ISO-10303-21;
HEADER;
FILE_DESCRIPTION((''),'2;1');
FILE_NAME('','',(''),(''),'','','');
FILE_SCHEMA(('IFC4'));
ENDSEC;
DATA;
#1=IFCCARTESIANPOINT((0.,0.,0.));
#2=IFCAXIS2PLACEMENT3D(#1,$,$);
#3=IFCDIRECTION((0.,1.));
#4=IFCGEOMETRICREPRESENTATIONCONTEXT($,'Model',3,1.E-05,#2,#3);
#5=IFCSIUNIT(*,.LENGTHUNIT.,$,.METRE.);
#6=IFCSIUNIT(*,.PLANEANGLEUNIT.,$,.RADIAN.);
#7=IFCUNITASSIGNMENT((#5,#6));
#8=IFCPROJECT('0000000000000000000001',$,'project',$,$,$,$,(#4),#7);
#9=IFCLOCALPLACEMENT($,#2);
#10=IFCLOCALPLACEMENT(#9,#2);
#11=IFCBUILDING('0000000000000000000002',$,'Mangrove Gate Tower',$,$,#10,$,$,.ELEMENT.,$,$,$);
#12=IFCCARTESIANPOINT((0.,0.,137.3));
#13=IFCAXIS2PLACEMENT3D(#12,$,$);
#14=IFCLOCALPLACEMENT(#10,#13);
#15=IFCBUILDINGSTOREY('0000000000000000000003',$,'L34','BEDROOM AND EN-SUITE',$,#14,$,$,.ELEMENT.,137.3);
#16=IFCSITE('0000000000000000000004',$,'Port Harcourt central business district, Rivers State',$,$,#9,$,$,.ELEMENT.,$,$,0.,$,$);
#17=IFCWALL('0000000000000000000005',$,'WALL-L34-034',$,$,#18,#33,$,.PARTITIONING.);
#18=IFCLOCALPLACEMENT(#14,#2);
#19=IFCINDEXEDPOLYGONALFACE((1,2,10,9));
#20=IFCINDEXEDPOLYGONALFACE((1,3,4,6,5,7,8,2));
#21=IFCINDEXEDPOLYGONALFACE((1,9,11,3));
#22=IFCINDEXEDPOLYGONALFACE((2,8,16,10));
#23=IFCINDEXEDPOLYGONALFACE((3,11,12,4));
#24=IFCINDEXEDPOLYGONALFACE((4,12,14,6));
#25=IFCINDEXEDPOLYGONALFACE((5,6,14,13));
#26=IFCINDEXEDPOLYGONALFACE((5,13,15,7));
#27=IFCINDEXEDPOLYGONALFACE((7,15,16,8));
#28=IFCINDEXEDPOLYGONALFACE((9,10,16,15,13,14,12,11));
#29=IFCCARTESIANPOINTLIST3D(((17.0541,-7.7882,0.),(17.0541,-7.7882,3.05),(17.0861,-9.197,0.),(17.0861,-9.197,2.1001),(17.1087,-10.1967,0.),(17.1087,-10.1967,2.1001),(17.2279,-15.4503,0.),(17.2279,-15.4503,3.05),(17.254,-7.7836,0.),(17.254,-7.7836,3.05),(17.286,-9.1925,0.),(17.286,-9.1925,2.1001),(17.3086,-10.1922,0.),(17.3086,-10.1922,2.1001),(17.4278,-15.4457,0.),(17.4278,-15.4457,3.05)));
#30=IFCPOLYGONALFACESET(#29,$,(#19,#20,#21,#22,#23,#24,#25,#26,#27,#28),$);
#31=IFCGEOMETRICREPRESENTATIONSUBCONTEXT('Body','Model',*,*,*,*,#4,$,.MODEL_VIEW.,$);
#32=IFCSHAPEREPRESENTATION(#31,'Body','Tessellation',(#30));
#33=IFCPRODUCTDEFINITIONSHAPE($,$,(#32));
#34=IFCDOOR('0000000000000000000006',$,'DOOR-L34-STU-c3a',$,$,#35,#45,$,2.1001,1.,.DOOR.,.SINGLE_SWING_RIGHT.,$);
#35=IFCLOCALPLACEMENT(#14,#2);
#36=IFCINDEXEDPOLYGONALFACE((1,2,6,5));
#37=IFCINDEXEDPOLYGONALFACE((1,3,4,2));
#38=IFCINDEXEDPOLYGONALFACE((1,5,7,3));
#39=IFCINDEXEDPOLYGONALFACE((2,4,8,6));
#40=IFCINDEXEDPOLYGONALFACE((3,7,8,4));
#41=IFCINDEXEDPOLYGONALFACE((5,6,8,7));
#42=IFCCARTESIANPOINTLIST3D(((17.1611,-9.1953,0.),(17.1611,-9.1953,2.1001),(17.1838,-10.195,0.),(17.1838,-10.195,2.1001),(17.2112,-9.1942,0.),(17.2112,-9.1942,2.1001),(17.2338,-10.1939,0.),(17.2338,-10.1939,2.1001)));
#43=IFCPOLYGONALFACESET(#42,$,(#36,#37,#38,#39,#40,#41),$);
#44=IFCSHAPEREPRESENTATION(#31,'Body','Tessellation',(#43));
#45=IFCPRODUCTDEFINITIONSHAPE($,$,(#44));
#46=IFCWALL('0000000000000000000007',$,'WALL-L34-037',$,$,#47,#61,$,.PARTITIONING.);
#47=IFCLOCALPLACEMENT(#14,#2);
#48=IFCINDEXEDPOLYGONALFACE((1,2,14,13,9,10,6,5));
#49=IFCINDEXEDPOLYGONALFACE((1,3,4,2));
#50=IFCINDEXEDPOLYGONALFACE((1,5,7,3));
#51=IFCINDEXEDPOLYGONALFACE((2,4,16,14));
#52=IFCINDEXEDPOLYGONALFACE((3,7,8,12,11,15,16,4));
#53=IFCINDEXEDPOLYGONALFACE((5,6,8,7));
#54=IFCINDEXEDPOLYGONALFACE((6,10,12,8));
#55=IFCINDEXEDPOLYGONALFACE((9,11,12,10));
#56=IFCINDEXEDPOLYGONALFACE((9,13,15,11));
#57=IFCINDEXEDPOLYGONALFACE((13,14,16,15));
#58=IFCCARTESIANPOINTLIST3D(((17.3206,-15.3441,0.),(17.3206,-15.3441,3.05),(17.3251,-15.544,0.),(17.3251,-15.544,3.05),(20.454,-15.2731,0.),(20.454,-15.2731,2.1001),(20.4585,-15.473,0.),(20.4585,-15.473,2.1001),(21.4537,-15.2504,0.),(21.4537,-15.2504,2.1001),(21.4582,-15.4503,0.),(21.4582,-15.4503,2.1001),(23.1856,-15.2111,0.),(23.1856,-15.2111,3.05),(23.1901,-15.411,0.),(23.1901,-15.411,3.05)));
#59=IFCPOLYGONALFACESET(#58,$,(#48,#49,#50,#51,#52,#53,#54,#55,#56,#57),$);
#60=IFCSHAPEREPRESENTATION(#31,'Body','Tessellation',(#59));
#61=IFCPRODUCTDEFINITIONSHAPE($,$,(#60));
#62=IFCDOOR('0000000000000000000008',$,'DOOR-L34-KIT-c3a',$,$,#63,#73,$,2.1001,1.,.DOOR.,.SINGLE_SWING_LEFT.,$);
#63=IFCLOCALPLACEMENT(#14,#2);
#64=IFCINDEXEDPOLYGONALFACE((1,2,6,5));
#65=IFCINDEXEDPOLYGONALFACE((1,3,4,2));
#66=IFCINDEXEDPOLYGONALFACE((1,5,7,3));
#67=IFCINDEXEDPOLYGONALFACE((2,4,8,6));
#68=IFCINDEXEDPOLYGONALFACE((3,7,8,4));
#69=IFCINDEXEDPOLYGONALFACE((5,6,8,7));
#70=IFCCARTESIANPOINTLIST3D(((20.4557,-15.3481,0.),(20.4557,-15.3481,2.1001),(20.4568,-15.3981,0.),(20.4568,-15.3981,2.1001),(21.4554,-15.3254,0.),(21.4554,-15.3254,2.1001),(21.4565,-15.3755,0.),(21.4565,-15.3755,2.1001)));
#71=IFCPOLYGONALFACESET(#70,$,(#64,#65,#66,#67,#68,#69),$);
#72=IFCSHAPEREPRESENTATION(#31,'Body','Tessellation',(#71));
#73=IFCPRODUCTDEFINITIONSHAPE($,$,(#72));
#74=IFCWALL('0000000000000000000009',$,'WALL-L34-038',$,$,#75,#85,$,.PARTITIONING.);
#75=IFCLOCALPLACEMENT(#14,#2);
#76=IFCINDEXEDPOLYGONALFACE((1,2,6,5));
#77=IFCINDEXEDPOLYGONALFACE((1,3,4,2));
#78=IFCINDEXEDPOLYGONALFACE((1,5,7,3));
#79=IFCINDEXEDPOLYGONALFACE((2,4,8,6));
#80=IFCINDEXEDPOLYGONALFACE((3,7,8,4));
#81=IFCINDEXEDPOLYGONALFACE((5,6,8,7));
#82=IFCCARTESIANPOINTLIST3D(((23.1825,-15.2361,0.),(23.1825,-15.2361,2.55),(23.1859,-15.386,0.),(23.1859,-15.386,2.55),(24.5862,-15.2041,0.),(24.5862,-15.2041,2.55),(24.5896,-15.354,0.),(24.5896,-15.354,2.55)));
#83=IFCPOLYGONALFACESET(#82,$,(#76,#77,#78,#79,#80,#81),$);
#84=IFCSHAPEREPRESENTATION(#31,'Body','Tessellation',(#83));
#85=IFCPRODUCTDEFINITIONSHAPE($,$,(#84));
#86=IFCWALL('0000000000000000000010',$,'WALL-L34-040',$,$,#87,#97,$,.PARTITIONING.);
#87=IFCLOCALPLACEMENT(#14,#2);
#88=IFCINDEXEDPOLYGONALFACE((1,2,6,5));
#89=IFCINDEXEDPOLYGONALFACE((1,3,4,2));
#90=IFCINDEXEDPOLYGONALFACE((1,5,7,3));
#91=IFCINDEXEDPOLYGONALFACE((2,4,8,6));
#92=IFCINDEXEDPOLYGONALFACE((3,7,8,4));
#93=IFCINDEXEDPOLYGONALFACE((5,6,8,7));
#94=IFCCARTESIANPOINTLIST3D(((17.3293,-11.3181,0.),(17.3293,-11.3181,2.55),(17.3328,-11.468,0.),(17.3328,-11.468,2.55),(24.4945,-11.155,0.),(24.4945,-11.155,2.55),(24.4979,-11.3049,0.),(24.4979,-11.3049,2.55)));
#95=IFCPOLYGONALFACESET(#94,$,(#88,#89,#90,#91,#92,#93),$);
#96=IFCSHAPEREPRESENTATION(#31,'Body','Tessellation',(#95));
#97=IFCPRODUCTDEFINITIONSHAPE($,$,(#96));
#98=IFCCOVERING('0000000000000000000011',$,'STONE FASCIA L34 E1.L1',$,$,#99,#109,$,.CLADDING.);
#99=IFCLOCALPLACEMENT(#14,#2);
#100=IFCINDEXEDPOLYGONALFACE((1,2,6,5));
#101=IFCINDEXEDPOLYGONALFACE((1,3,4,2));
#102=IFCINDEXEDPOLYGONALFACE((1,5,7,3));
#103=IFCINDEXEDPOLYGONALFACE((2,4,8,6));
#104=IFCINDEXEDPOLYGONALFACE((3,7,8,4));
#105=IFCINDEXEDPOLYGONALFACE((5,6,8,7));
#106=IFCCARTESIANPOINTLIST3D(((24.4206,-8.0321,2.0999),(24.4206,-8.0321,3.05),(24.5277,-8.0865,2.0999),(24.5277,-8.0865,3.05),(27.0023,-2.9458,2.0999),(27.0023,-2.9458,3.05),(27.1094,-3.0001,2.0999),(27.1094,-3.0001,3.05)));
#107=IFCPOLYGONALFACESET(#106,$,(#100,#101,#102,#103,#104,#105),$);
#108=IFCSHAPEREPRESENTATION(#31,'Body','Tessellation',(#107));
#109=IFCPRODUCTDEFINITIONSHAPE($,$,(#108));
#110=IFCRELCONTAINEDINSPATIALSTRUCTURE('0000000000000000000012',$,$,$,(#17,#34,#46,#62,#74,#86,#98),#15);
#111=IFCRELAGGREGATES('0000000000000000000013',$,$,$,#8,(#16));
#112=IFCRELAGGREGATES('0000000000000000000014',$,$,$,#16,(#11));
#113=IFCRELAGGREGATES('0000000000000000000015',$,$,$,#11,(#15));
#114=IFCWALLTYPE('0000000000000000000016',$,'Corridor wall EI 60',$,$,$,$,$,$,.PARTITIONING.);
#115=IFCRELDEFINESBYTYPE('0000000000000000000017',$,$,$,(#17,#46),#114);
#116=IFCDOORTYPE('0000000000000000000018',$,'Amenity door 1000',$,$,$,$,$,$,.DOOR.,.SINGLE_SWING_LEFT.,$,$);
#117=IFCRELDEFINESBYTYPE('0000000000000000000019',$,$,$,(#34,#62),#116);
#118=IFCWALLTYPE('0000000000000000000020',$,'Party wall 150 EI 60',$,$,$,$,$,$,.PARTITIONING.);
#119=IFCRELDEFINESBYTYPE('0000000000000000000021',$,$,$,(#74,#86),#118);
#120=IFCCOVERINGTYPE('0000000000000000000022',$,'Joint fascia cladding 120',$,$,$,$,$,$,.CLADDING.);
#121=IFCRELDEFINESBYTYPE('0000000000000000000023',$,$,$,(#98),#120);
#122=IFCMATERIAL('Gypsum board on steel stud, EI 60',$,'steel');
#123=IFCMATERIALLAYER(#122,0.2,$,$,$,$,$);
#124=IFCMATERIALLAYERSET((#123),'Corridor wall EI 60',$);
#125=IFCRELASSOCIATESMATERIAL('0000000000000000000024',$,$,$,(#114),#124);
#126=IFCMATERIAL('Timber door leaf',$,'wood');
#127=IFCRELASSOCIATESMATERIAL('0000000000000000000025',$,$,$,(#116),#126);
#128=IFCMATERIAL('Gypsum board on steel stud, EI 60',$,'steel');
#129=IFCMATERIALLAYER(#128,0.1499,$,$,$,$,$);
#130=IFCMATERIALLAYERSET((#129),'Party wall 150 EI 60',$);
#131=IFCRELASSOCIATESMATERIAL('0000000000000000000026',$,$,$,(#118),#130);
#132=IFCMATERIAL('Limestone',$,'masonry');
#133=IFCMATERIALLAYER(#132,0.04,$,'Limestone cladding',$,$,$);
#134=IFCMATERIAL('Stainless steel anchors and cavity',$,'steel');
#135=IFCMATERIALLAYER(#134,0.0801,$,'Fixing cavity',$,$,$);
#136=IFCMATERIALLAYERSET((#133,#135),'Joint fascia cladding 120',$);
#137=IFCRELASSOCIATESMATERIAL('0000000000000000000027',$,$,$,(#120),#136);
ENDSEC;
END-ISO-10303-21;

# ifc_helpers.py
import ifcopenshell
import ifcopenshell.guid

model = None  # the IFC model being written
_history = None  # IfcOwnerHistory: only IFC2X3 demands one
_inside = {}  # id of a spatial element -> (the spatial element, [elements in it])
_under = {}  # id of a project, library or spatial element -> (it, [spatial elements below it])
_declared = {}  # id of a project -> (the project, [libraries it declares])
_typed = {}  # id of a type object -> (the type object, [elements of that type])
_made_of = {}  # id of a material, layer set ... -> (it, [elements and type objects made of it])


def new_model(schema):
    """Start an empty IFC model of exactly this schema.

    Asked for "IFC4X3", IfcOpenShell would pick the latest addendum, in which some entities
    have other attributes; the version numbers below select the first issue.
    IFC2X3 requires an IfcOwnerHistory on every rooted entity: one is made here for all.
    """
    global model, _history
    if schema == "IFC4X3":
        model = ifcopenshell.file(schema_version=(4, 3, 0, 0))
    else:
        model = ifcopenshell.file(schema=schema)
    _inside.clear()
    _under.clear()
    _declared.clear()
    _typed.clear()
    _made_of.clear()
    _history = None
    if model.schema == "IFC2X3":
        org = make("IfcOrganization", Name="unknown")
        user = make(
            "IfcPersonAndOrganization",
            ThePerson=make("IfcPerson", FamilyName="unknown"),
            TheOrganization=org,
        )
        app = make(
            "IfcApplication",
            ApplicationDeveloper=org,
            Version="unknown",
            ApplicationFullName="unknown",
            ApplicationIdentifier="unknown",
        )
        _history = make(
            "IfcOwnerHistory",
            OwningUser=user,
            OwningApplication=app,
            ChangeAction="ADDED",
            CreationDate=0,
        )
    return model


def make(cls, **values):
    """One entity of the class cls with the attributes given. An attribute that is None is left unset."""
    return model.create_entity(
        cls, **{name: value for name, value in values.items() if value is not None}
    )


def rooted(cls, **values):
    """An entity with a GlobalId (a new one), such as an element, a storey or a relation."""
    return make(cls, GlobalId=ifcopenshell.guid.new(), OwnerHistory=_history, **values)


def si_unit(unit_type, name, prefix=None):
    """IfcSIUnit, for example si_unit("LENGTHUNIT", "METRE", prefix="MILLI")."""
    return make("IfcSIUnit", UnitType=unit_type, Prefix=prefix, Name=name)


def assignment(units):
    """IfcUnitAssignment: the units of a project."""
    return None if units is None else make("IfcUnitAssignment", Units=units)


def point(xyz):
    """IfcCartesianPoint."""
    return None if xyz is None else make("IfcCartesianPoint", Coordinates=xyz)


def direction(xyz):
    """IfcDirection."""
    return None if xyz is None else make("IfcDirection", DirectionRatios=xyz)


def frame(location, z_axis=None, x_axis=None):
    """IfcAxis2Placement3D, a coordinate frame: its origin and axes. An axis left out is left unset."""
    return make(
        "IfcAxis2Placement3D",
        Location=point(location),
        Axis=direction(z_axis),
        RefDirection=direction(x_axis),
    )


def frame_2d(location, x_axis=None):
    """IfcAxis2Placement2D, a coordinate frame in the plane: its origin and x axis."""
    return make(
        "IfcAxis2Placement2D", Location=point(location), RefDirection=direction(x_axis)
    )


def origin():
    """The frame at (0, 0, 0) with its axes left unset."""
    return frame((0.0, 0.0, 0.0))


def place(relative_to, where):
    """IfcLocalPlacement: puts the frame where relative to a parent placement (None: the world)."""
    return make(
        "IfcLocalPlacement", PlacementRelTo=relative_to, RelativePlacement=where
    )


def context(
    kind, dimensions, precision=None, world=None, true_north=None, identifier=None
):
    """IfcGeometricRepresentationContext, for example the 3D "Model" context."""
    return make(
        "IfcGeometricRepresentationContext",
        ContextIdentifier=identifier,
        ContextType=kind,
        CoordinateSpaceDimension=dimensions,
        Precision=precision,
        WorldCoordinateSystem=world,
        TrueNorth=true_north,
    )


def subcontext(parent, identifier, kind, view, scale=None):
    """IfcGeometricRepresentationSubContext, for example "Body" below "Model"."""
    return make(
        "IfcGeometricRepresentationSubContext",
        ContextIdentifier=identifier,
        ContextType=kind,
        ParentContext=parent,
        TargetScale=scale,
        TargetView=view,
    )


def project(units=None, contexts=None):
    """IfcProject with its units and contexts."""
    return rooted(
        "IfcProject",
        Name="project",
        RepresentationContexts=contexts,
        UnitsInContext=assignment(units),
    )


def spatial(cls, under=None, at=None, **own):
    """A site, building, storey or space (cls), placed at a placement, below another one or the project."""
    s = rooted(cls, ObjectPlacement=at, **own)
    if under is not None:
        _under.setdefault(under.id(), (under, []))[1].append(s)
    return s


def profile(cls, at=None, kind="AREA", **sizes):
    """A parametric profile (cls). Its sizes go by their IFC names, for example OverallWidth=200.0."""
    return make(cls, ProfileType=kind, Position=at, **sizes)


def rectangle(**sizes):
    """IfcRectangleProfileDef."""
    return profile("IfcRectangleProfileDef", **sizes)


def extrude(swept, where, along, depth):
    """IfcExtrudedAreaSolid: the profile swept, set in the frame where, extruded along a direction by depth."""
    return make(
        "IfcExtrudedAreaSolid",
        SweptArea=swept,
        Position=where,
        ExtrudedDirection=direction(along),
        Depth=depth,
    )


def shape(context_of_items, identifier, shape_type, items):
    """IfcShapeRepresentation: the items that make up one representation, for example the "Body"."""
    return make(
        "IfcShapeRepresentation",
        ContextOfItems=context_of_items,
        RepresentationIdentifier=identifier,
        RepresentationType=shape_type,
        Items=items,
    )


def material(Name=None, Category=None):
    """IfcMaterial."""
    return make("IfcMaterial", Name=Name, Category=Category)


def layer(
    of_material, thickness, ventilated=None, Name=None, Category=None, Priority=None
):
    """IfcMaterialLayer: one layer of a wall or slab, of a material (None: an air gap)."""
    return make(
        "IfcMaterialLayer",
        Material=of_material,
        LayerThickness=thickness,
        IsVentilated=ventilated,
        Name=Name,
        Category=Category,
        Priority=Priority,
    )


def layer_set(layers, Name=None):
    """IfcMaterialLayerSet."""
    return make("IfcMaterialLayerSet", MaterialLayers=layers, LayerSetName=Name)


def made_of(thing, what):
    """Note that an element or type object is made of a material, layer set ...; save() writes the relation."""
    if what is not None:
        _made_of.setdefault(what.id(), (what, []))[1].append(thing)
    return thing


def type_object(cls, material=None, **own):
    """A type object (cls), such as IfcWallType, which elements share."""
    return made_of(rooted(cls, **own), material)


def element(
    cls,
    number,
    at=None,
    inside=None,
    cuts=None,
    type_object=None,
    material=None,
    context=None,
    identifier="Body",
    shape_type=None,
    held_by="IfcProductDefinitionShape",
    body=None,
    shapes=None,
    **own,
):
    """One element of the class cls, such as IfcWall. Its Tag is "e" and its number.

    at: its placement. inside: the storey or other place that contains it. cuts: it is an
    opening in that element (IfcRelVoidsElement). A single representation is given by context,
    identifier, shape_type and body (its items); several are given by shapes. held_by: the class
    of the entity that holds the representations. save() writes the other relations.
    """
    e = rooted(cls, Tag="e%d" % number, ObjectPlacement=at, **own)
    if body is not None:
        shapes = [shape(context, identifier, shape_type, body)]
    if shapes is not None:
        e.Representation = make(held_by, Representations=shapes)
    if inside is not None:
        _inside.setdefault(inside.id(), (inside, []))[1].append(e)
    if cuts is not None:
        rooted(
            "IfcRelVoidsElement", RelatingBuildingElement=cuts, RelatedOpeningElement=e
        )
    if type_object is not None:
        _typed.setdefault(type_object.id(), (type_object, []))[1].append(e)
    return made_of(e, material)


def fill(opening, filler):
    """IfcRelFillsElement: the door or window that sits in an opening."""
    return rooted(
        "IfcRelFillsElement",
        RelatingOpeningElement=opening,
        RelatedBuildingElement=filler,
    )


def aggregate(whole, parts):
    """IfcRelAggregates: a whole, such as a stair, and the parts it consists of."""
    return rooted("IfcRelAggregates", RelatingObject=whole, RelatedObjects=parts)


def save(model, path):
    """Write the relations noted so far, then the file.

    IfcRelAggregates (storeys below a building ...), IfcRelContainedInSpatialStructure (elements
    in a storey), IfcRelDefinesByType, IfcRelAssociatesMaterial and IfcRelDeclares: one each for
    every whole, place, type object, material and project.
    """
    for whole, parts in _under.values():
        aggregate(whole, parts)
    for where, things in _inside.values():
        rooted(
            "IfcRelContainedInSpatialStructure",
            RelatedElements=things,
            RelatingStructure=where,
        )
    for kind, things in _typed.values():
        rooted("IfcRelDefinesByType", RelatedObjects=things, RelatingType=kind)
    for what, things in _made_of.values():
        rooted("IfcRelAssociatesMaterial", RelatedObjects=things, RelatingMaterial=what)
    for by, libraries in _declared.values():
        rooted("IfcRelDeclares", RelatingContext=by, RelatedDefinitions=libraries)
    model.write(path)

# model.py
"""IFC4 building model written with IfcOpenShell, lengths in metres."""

from ifc_helpers import new_model, si_unit, direction, frame, frame_2d, origin, place, context, subcontext, project, spatial, rectangle, extrude, material, layer, layer_set, type_object, element, fill, save


model = new_model("IFC4")

# Units and contexts
model_context = context("Model", 3, precision=1e-05, world=origin(), true_north=direction((0.0, 1.0)))
body_context = subcontext(model_context, "Body", "Model", "MODEL_VIEW")
ifc_project = project(units=[si_unit("LENGTHUNIT", "METRE"), si_unit("PLANEANGLEUNIT", "RADIAN")], contexts=[model_context])

# Site, building, storey
site_placement = place(None, origin())
site = spatial("IfcSite", under=ifc_project, at=site_placement, Name="Port Harcourt central business district, Rivers State", CompositionType="ELEMENT", RefElevation=0.0)
building_placement = place(site_placement, origin())
building = spatial("IfcBuilding", under=site, at=building_placement, Name="Mangrove Gate Tower", CompositionType="ELEMENT")
storey_placement = place(building_placement, frame((0.0, 0.0, 137.3)))
storey = spatial("IfcBuildingStorey", under=building, at=storey_placement, Name="L34", Description="BEDROOM AND EN-SUITE", CompositionType="ELEMENT", Elevation=137.3)

# Walls, openings, doors
ifc_material_1 = material(Name="Gypsum board on steel stud, EI 60", Category="steel")
ifc_layer_1 = layer(ifc_material_1, 0.2)
ifc_layer_set_1 = layer_set([ifc_layer_1], Name="Corridor wall EI 60")
wall_type_1 = type_object("IfcWallType", Name="Corridor wall EI 60", PredefinedType="PARTITIONING", material=ifc_layer_set_1)
wall_1_placement = place(storey_placement, frame((17.3279, -15.448, 0.0), z_axis=(0.0, 0.0, 1.0), x_axis=(-0.022681, 0.999743, 0.0)))
wall_1 = element("IfcWall", 1, at=wall_1_placement, inside=storey, type_object=wall_type_1, Name="WALL-L34-034", PredefinedType="PARTITIONING", context=body_context, shape_type="SweptSolid", body=[
    extrude(rectangle(XDim=7.6641, YDim=0.2, at=frame_2d((3.832, 0.0))), origin(), (0.0, 0.0, 1.0), 3.05),
])
opening_1_placement = place(wall_1_placement, frame((5.2549, 0.0, 0.0)))
opening_1 = element("IfcOpeningElement", 2, at=opening_1_placement, cuts=wall_1, PredefinedType="OPENING", context=body_context, shape_type="SweptSolid", body=[
    extrude(rectangle(XDim=1.0, YDim=2.1001, at=frame_2d((0.5, 1.05))), frame((0.0, 0.1099, 0.0), z_axis=(0.0, -1.0, 0.0), x_axis=(1.0, 0.0, 0.0)), (0.0, 0.0, 1.0), 0.22),
])
ifc_material_2 = material(Name="Timber door leaf", Category="wood")
door_type_1 = type_object("IfcDoorType", Name="Amenity door 1000", OperationType="SINGLE_SWING_LEFT", PredefinedType="DOOR", material=ifc_material_2)
door_1_placement = place(opening_1_placement, origin())
door_1 = element("IfcDoor", 3, at=door_1_placement, inside=storey, type_object=door_type_1, Name="DOOR-L34-STU-c3a", OperationType="SINGLE_SWING_RIGHT", OverallHeight=2.1001, OverallWidth=1.0, PredefinedType="DOOR", context=body_context, shape_type="SweptSolid", body=[
    extrude(rectangle(XDim=1.0, YDim=2.1001, at=frame_2d((0.5, 1.05))), frame((0.0, 0.0249, 0.0), z_axis=(0.0, -1.0, 0.0), x_axis=(1.0, 0.0, 0.0)), (0.0, 0.0, 1.0), 0.05),
])
fill(opening_1, door_1)
wall_2_placement = place(storey_placement, frame((17.323, -15.4441, 0.0), z_axis=(0.0, 0.0, 1.0), x_axis=(0.999743, 0.022681, 0.0)))
wall_2 = element("IfcWall", 4, at=wall_2_placement, inside=storey, type_object=wall_type_1, Name="WALL-L34-037", PredefinedType="PARTITIONING", context=body_context, shape_type="SweptSolid", body=[
    extrude(rectangle(XDim=5.8665, YDim=0.2, at=frame_2d((2.9331, 0.0))), origin(), (0.0, 0.0, 1.0), 3.05),
])
opening_2_placement = place(wall_2_placement, frame((3.134, 0.0, 0.0)))
opening_2 = element("IfcOpeningElement", 5, at=opening_2_placement, cuts=wall_2, PredefinedType="OPENING", context=body_context, shape_type="SweptSolid", body=[
    extrude(rectangle(XDim=1.0, YDim=2.1001, at=frame_2d((0.5, 1.05))), frame((0.0, 0.1099, 0.0), z_axis=(0.0, -1.0, 0.0), x_axis=(1.0, 0.0, 0.0)), (0.0, 0.0, 1.0), 0.22),
])
door_2_placement = place(opening_2_placement, origin())
door_2 = element("IfcDoor", 6, at=door_2_placement, inside=storey, type_object=door_type_1, Name="DOOR-L34-KIT-c3a", OperationType="SINGLE_SWING_LEFT", OverallHeight=2.1001, OverallWidth=1.0, PredefinedType="DOOR", context=body_context, shape_type="SweptSolid", body=[
    extrude(rectangle(XDim=1.0, YDim=2.1001, at=frame_2d((0.5, 1.05))), frame((0.0, 0.0249, 0.0), z_axis=(0.0, -1.0, 0.0), x_axis=(1.0, 0.0, 0.0)), (0.0, 0.0, 1.0), 0.05),
])
fill(opening_2, door_2)

# Walls
ifc_material_3 = material(Name="Gypsum board on steel stud, EI 60", Category="steel")
ifc_layer_2 = layer(ifc_material_3, 0.1499)
ifc_layer_set_2 = layer_set([ifc_layer_2], Name="Party wall 150 EI 60")
wall_type_2 = type_object("IfcWallType", Name="Party wall 150 EI 60", PredefinedType="PARTITIONING", material=ifc_layer_set_2)
wall_3_placement = place(storey_placement, frame((23.1841, -15.311, 0.0), z_axis=(0.0, 0.0, 1.0), x_axis=(0.999741, 0.022777, 0.0)))
element("IfcWall", 7, at=wall_3_placement, inside=storey, type_object=wall_type_2, Name="WALL-L34-038", PredefinedType="PARTITIONING", context=body_context, shape_type="SweptSolid", body=[
    extrude(rectangle(XDim=1.4041, YDim=0.1499, at=frame_2d((0.7021, 0.0))), origin(), (0.0, 0.0, 1.0), 2.55),
])
wall_4_placement = place(storey_placement, frame((17.3311, -11.3931, 0.0), z_axis=(0.0, 0.0, 1.0), x_axis=(0.999741, 0.022755, 0.0)))
element("IfcWall", 8, at=wall_4_placement, inside=storey, type_object=wall_type_2, Name="WALL-L34-040", PredefinedType="PARTITIONING", context=body_context, shape_type="SweptSolid", body=[
    extrude(rectangle(XDim=7.167, YDim=0.1499, at=frame_2d((3.5835, 0.0))), origin(), (0.0, 0.0, 1.0), 2.55),
])

# Covering
ifc_material_4 = material(Name="Limestone", Category="masonry")
ifc_layer_3 = layer(ifc_material_4, 0.04, Name="Limestone cladding")
ifc_material_5 = material(Name="Stainless steel anchors and cavity", Category="steel")
ifc_layer_4 = layer(ifc_material_5, 0.0801, Name="Fixing cavity")
ifc_layer_set_3 = layer_set([ifc_layer_3, ifc_layer_4], Name="Joint fascia cladding 120")
covering_type = type_object("IfcCoveringType", Name="Joint fascia cladding 120", PredefinedType="CLADDING", material=ifc_layer_set_3)
covering_placement = place(storey_placement, frame((24.4741, -8.0593, 2.0999), z_axis=(0.0, 0.0, 1.0), x_axis=(0.452615, 0.891706, 0.0)))
element("IfcCovering", 9, at=covering_placement, inside=storey, type_object=covering_type, Name="STONE FASCIA L34 E1.L1", PredefinedType="CLADDING", context=body_context, shape_type="SweptSolid", body=[
    extrude(rectangle(XDim=5.7041, YDim=0.1201, at=frame_2d((2.8521, 0.0))), origin(), (0.0, 0.0, 1.0), 0.9502),
])

save(model, "model.ifc")
